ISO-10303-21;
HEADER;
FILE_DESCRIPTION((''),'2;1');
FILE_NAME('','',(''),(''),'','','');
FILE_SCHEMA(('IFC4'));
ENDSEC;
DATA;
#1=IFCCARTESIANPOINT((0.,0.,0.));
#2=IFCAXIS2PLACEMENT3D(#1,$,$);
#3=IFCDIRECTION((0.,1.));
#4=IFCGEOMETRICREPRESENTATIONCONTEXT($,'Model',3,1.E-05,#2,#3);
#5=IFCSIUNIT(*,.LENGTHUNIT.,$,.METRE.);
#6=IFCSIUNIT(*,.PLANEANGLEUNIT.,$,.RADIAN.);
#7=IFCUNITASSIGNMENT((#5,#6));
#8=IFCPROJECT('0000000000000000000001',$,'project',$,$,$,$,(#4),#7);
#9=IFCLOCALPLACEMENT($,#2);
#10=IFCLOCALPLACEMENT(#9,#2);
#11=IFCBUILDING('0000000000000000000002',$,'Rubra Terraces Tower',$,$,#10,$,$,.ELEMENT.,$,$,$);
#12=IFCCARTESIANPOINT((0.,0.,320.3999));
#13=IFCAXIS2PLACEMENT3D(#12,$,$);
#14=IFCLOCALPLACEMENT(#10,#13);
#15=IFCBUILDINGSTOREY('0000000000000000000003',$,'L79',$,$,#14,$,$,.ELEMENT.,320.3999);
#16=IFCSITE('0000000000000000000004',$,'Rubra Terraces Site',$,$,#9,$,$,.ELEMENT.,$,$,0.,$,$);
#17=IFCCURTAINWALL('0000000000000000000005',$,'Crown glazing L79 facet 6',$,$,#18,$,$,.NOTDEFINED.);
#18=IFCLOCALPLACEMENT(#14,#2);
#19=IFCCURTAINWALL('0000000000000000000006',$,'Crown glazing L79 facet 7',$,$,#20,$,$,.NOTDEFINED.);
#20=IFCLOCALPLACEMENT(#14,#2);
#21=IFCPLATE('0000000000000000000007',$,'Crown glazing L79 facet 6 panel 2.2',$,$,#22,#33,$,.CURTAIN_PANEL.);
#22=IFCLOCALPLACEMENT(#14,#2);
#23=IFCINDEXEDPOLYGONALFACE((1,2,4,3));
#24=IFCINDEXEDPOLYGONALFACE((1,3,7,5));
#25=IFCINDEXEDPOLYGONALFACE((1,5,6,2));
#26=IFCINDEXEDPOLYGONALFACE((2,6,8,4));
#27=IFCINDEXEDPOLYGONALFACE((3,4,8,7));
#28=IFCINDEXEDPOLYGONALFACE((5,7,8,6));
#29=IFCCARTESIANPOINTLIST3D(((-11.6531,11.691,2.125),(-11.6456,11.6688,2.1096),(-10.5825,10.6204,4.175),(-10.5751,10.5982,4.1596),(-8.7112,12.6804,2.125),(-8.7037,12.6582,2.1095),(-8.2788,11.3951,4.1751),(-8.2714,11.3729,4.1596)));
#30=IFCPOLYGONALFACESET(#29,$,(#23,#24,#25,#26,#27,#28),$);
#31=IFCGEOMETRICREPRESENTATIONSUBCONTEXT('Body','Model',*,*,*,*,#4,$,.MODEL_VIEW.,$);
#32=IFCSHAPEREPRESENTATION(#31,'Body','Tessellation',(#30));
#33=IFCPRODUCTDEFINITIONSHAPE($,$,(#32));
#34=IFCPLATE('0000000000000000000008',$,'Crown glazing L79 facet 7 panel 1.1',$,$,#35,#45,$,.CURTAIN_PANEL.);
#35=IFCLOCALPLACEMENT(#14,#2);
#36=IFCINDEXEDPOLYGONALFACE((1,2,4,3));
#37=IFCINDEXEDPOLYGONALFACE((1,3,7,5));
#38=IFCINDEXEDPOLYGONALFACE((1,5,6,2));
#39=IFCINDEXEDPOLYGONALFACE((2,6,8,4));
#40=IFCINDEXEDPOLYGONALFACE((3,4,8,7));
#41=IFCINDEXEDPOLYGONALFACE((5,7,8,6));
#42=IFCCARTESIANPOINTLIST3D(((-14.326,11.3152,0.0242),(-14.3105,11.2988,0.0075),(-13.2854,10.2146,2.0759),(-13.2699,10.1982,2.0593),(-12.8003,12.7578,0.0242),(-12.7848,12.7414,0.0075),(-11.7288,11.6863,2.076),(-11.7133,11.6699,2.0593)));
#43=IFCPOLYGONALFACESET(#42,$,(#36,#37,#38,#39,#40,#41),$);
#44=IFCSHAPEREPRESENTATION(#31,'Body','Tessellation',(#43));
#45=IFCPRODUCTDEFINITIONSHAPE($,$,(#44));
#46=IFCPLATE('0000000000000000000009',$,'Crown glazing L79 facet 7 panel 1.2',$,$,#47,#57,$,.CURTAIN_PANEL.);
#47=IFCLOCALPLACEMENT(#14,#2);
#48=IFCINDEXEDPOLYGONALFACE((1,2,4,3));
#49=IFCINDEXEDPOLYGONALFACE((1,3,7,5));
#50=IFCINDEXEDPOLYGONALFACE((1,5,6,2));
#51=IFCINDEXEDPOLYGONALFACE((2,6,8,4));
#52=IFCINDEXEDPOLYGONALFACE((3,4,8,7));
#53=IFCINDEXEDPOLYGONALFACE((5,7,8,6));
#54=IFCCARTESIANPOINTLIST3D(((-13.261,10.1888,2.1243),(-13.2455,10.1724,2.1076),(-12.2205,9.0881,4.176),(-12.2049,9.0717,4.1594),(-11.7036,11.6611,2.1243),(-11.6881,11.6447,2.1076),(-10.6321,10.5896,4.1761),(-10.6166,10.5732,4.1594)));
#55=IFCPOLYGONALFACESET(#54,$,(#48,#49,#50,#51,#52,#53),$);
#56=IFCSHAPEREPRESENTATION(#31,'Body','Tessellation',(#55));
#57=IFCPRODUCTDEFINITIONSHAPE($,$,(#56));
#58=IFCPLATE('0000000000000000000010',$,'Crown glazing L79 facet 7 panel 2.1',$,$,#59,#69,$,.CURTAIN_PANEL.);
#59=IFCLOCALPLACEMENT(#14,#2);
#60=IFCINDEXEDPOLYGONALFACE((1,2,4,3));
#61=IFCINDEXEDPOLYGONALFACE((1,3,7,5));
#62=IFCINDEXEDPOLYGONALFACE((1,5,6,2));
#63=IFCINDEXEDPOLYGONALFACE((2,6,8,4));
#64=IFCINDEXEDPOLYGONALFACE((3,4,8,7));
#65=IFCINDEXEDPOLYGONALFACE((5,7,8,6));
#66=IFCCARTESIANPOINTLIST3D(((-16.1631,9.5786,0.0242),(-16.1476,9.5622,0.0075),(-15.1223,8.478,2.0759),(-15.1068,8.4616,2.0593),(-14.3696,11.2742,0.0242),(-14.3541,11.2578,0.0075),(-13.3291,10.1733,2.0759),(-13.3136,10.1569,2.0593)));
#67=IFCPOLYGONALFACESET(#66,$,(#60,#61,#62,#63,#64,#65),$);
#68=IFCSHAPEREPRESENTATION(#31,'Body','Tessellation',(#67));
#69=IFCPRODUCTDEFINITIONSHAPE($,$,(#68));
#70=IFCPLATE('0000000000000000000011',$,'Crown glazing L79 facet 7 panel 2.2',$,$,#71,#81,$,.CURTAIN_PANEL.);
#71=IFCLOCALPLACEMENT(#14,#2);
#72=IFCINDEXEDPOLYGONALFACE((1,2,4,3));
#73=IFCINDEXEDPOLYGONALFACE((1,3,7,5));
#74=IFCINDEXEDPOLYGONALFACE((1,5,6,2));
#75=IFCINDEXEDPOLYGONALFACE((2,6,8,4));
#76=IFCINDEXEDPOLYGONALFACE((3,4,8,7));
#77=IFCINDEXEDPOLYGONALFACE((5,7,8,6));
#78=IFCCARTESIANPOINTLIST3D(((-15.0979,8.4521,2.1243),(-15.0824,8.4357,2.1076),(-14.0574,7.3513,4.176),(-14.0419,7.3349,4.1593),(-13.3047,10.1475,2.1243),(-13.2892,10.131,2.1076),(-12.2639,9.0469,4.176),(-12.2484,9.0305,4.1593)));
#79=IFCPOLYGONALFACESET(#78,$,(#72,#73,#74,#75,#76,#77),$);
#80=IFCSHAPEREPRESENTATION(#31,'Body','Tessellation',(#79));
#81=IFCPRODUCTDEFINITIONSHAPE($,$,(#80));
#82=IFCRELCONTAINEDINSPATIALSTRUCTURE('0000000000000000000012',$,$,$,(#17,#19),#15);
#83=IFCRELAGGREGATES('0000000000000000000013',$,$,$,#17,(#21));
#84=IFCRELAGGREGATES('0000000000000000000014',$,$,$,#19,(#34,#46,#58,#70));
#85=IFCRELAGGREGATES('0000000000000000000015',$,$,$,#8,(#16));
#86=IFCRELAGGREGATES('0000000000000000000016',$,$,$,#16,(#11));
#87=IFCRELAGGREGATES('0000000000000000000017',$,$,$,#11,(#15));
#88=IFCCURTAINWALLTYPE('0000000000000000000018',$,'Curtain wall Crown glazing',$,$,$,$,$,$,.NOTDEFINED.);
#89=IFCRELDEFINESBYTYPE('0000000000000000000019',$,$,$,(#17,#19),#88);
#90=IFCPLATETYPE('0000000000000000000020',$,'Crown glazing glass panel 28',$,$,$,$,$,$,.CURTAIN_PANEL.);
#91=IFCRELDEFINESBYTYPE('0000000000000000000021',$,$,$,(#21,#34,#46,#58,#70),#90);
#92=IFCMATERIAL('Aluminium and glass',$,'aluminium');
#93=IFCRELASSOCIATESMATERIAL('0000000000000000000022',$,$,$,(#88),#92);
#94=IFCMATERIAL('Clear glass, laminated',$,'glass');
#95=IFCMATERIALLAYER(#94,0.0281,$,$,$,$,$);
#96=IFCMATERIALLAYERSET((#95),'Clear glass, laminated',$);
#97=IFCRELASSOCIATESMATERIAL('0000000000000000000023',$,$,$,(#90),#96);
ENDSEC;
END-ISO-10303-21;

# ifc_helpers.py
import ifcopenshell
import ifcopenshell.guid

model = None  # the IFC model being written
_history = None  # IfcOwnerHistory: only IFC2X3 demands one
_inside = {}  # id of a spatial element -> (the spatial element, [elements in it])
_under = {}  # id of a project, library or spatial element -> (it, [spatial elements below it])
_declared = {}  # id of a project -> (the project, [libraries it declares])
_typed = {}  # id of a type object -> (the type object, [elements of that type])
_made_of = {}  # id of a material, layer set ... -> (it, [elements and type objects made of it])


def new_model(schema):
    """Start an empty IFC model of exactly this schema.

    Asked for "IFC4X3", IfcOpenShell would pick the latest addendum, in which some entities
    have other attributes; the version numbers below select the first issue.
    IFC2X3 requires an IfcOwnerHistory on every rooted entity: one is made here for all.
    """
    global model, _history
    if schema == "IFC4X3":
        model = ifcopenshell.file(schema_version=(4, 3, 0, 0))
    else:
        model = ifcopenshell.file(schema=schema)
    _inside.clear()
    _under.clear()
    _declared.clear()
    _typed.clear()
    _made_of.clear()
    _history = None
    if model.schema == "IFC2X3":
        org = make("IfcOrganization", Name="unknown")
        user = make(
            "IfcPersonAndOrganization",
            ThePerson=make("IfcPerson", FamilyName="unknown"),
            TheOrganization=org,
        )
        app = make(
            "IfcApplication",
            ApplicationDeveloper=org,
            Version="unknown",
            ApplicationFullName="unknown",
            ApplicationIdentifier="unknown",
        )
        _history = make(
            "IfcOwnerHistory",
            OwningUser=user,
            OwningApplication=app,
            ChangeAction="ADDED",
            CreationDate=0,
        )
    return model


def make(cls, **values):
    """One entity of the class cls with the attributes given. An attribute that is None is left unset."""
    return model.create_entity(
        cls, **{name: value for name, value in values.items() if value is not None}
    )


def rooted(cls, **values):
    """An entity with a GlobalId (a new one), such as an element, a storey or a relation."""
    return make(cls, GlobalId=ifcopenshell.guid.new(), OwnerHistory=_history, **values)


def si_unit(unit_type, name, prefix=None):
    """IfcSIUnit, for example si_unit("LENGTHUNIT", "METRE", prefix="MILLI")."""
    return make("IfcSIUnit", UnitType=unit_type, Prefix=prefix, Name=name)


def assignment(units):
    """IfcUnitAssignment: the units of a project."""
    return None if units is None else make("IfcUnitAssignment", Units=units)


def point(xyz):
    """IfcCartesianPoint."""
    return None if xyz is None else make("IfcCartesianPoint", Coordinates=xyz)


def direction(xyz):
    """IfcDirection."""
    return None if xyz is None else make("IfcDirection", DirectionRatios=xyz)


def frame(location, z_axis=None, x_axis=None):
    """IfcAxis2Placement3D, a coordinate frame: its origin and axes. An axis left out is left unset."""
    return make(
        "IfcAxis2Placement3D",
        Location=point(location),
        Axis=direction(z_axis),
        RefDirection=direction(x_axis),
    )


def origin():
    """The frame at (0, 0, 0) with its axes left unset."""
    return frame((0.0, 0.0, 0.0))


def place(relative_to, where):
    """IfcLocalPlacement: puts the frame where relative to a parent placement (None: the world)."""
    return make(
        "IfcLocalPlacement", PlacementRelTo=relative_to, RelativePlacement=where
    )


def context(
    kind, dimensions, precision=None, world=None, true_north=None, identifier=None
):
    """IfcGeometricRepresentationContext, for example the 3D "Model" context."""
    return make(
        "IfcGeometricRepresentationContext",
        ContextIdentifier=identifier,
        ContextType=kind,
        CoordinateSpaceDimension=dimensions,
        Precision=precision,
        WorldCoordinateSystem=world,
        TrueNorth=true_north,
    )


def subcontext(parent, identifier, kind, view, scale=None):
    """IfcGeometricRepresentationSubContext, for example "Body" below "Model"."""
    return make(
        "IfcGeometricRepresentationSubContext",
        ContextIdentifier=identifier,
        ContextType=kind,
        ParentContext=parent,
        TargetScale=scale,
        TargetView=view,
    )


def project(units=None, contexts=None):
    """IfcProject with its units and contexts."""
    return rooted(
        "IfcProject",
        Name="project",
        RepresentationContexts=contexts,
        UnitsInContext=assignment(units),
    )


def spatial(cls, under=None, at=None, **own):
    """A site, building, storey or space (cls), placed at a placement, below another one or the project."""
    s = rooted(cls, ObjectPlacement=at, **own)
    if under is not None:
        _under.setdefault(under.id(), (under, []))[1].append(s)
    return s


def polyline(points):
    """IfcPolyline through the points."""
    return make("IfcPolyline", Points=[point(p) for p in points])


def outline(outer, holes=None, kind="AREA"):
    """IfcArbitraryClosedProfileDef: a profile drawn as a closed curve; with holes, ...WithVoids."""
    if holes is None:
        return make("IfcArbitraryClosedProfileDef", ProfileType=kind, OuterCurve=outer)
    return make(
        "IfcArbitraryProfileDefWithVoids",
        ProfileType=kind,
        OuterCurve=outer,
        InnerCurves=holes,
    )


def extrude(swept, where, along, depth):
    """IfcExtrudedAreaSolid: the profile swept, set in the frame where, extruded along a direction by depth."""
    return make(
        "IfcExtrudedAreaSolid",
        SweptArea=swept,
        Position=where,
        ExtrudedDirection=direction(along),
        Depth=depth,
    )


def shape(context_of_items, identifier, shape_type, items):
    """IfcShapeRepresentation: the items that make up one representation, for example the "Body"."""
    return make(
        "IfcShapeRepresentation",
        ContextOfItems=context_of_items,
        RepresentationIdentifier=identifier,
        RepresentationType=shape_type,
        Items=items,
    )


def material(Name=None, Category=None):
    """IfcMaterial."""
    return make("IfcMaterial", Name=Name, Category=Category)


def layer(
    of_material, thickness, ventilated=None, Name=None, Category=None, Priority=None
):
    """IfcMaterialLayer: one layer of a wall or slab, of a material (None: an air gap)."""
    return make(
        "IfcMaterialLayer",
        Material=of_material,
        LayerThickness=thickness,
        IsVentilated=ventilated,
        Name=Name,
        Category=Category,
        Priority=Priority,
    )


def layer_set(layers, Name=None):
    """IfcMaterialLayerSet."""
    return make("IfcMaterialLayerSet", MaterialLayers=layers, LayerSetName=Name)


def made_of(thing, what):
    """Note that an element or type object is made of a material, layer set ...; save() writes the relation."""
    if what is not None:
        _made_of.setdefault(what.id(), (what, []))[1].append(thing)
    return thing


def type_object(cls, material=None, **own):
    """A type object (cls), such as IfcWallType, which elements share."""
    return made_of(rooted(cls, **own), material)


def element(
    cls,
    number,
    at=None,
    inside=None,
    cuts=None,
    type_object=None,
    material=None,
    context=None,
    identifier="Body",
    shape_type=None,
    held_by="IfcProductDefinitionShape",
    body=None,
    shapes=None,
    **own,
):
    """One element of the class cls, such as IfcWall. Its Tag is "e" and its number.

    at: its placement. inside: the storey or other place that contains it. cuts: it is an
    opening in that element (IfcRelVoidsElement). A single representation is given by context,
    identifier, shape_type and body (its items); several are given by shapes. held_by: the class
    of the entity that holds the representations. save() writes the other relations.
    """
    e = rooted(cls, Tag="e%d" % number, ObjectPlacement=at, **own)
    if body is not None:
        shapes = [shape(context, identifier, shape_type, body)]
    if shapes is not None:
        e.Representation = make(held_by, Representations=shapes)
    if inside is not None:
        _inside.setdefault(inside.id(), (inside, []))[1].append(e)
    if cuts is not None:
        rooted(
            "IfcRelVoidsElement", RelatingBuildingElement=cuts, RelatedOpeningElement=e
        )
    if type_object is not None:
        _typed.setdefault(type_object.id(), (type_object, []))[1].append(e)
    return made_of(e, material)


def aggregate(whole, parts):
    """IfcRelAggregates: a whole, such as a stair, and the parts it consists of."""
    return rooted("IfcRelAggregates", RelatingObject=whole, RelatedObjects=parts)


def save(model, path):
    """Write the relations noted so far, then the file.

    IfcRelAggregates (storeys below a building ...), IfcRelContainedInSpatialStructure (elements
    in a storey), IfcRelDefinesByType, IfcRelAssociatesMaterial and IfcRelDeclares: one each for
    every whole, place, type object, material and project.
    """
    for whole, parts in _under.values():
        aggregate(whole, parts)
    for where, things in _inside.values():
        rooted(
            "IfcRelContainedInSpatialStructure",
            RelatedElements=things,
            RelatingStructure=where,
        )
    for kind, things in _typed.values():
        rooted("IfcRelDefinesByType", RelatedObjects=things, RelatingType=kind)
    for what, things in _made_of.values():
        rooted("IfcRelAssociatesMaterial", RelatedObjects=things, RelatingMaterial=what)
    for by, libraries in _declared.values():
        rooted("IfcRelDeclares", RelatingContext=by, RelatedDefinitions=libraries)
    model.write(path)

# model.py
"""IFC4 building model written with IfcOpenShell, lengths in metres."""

from ifc_helpers import new_model, si_unit, direction, frame, origin, place, context, subcontext, project, spatial, polyline, outline, extrude, material, layer, layer_set, type_object, element, aggregate, save


model = new_model("IFC4")

# Units and contexts
model_context = context("Model", 3, precision=1e-05, world=origin(), true_north=direction((0.0, 1.0)))
body_context = subcontext(model_context, "Body", "Model", "MODEL_VIEW")
ifc_project = project(units=[si_unit("LENGTHUNIT", "METRE"), si_unit("PLANEANGLEUNIT", "RADIAN")], contexts=[model_context])

# Site, building, storey
site_placement = place(None, origin())
site = spatial("IfcSite", under=ifc_project, at=site_placement, Name="Rubra Terraces Site", CompositionType="ELEMENT", RefElevation=0.0)
building_placement = place(site_placement, origin())
building = spatial("IfcBuilding", under=site, at=building_placement, Name="Rubra Terraces Tower", CompositionType="ELEMENT")
storey_placement = place(building_placement, frame((0.0, 0.0, 320.3999)))
storey = spatial("IfcBuildingStorey", under=building, at=storey_placement, Name="L79", CompositionType="ELEMENT", Elevation=320.3999)

# Curtain walls
ifc_material_1 = material(Name="Aluminium and glass", Category="aluminium")
curtain_wall_type = type_object("IfcCurtainWallType", Name="Curtain wall Crown glazing", PredefinedType="NOTDEFINED", material=ifc_material_1)
curtain_wall_1_placement = place(storey_placement, origin())
curtain_wall_1 = element("IfcCurtainWall", 1, at=curtain_wall_1_placement, inside=storey, type_object=curtain_wall_type, Name="Crown glazing L79 facet 6", PredefinedType="NOTDEFINED")
curtain_wall_2_placement = place(storey_placement, origin())
curtain_wall_2 = element("IfcCurtainWall", 2, at=curtain_wall_2_placement, inside=storey, type_object=curtain_wall_type, Name="Crown glazing L79 facet 7", PredefinedType="NOTDEFINED")

# Plates
ifc_material_2 = material(Name="Clear glass, laminated", Category="glass")
ifc_layer = layer(ifc_material_2, 0.0281)
ifc_layer_set = layer_set([ifc_layer], Name="Clear glass, laminated")
plate_type = type_object("IfcPlateType", Name="Crown glazing glass panel 28", PredefinedType="CURTAIN_PANEL", material=ifc_layer_set)
plate_1_placement = place(storey_placement, frame((-8.7112, 12.6804, 2.125), z_axis=(-0.265865, 0.790531, 0.551703), x_axis=(-0.94783, -0.318777, 0.000015)))
plate_1 = element("IfcPlate", 3, at=plate_1_placement, type_object=plate_type, Name="Crown glazing L79 facet 6 panel 2.2", PredefinedType="CURTAIN_PANEL", context=body_context, shape_type="SweptSolid", body=[
    extrude(outline(polyline([(0.0, 0.0), (3.1038, 0.0), (2.4304, 2.4579), (0.0, 2.458), (0.0, 0.0)])), origin(), (0.0, 0.0, -1.0), 0.0281),
])
aggregate(curtain_wall_1, [plate_1])
plate_2_placement = place(storey_placement, frame((-12.8003, 12.7578, 0.0242), z_axis=(-0.552729, 0.584586, 0.593927), x_axis=(-0.726617, -0.687042, 0.000022)))
plate_2 = element("IfcPlate", 4, at=plate_2_placement, type_object=plate_type, Name="Crown glazing L79 facet 7 panel 1.1", PredefinedType="CURTAIN_PANEL", context=body_context, shape_type="SweptSolid", body=[
    extrude(outline(polyline([(0.0, 0.0), (2.0997, 0.0), (2.0998, 2.5502), (-0.0424, 2.5503), (0.0, 0.0)])), origin(), (0.0, 0.0, -1.0), 0.0281),
])
plate_3_placement = place(storey_placement, frame((-11.7036, 11.6611, 2.1243), z_axis=(-0.552686, 0.584628, 0.593927), x_axis=(-0.726669, -0.686987, 0.000021)))
plate_3 = element("IfcPlate", 5, at=plate_3_placement, type_object=plate_type, Name="Crown glazing L79 facet 7 panel 1.2", PredefinedType="CURTAIN_PANEL", context=body_context, shape_type="SweptSolid", body=[
    extrude(outline(polyline([(0.0, 0.0), (2.1432, 0.0), (2.1432, 2.5502), (-0.0425, 2.5503), (0.0, 0.0)])), origin(), (0.0, 0.0, -1.0), 0.0281),
])
plate_4_placement = place(storey_placement, frame((-14.3696, 11.2742, 0.0242), z_axis=(-0.55269, 0.584604, 0.593946), x_axis=(-0.726663, -0.686994, 0.000001)))
plate_4 = element("IfcPlate", 6, at=plate_4_placement, type_object=plate_type, Name="Crown glazing L79 facet 7 panel 2.1", PredefinedType="CURTAIN_PANEL", context=body_context, shape_type="SweptSolid", body=[
    extrude(outline(polyline([(0.0, 0.0), (2.4681, 0.0), (2.4679, 2.5503), (0.0002, 2.5503), (0.0, 0.0)])), origin(), (0.0, 0.0, -1.0), 0.0281),
])
plate_5_placement = place(storey_placement, frame((-13.3047, 10.1475, 2.1243), z_axis=(-0.55269, 0.584604, 0.593946), x_axis=(-0.726664, -0.686993, -0.000001)))
plate_5 = element("IfcPlate", 7, at=plate_5_placement, type_object=plate_type, Name="Crown glazing L79 facet 7 panel 2.2", PredefinedType="CURTAIN_PANEL", context=body_context, shape_type="SweptSolid", body=[
    extrude(outline(polyline([(0.0, 0.0), (2.4677, 0.0), (2.4679, 2.5503), (-0.0002, 2.5503), (0.0, 0.0)])), origin(), (0.0, 0.0, -1.0), 0.0281),
])
aggregate(curtain_wall_2, [plate_2, plate_3, plate_4, plate_5])

save(model, "model.ifc")
